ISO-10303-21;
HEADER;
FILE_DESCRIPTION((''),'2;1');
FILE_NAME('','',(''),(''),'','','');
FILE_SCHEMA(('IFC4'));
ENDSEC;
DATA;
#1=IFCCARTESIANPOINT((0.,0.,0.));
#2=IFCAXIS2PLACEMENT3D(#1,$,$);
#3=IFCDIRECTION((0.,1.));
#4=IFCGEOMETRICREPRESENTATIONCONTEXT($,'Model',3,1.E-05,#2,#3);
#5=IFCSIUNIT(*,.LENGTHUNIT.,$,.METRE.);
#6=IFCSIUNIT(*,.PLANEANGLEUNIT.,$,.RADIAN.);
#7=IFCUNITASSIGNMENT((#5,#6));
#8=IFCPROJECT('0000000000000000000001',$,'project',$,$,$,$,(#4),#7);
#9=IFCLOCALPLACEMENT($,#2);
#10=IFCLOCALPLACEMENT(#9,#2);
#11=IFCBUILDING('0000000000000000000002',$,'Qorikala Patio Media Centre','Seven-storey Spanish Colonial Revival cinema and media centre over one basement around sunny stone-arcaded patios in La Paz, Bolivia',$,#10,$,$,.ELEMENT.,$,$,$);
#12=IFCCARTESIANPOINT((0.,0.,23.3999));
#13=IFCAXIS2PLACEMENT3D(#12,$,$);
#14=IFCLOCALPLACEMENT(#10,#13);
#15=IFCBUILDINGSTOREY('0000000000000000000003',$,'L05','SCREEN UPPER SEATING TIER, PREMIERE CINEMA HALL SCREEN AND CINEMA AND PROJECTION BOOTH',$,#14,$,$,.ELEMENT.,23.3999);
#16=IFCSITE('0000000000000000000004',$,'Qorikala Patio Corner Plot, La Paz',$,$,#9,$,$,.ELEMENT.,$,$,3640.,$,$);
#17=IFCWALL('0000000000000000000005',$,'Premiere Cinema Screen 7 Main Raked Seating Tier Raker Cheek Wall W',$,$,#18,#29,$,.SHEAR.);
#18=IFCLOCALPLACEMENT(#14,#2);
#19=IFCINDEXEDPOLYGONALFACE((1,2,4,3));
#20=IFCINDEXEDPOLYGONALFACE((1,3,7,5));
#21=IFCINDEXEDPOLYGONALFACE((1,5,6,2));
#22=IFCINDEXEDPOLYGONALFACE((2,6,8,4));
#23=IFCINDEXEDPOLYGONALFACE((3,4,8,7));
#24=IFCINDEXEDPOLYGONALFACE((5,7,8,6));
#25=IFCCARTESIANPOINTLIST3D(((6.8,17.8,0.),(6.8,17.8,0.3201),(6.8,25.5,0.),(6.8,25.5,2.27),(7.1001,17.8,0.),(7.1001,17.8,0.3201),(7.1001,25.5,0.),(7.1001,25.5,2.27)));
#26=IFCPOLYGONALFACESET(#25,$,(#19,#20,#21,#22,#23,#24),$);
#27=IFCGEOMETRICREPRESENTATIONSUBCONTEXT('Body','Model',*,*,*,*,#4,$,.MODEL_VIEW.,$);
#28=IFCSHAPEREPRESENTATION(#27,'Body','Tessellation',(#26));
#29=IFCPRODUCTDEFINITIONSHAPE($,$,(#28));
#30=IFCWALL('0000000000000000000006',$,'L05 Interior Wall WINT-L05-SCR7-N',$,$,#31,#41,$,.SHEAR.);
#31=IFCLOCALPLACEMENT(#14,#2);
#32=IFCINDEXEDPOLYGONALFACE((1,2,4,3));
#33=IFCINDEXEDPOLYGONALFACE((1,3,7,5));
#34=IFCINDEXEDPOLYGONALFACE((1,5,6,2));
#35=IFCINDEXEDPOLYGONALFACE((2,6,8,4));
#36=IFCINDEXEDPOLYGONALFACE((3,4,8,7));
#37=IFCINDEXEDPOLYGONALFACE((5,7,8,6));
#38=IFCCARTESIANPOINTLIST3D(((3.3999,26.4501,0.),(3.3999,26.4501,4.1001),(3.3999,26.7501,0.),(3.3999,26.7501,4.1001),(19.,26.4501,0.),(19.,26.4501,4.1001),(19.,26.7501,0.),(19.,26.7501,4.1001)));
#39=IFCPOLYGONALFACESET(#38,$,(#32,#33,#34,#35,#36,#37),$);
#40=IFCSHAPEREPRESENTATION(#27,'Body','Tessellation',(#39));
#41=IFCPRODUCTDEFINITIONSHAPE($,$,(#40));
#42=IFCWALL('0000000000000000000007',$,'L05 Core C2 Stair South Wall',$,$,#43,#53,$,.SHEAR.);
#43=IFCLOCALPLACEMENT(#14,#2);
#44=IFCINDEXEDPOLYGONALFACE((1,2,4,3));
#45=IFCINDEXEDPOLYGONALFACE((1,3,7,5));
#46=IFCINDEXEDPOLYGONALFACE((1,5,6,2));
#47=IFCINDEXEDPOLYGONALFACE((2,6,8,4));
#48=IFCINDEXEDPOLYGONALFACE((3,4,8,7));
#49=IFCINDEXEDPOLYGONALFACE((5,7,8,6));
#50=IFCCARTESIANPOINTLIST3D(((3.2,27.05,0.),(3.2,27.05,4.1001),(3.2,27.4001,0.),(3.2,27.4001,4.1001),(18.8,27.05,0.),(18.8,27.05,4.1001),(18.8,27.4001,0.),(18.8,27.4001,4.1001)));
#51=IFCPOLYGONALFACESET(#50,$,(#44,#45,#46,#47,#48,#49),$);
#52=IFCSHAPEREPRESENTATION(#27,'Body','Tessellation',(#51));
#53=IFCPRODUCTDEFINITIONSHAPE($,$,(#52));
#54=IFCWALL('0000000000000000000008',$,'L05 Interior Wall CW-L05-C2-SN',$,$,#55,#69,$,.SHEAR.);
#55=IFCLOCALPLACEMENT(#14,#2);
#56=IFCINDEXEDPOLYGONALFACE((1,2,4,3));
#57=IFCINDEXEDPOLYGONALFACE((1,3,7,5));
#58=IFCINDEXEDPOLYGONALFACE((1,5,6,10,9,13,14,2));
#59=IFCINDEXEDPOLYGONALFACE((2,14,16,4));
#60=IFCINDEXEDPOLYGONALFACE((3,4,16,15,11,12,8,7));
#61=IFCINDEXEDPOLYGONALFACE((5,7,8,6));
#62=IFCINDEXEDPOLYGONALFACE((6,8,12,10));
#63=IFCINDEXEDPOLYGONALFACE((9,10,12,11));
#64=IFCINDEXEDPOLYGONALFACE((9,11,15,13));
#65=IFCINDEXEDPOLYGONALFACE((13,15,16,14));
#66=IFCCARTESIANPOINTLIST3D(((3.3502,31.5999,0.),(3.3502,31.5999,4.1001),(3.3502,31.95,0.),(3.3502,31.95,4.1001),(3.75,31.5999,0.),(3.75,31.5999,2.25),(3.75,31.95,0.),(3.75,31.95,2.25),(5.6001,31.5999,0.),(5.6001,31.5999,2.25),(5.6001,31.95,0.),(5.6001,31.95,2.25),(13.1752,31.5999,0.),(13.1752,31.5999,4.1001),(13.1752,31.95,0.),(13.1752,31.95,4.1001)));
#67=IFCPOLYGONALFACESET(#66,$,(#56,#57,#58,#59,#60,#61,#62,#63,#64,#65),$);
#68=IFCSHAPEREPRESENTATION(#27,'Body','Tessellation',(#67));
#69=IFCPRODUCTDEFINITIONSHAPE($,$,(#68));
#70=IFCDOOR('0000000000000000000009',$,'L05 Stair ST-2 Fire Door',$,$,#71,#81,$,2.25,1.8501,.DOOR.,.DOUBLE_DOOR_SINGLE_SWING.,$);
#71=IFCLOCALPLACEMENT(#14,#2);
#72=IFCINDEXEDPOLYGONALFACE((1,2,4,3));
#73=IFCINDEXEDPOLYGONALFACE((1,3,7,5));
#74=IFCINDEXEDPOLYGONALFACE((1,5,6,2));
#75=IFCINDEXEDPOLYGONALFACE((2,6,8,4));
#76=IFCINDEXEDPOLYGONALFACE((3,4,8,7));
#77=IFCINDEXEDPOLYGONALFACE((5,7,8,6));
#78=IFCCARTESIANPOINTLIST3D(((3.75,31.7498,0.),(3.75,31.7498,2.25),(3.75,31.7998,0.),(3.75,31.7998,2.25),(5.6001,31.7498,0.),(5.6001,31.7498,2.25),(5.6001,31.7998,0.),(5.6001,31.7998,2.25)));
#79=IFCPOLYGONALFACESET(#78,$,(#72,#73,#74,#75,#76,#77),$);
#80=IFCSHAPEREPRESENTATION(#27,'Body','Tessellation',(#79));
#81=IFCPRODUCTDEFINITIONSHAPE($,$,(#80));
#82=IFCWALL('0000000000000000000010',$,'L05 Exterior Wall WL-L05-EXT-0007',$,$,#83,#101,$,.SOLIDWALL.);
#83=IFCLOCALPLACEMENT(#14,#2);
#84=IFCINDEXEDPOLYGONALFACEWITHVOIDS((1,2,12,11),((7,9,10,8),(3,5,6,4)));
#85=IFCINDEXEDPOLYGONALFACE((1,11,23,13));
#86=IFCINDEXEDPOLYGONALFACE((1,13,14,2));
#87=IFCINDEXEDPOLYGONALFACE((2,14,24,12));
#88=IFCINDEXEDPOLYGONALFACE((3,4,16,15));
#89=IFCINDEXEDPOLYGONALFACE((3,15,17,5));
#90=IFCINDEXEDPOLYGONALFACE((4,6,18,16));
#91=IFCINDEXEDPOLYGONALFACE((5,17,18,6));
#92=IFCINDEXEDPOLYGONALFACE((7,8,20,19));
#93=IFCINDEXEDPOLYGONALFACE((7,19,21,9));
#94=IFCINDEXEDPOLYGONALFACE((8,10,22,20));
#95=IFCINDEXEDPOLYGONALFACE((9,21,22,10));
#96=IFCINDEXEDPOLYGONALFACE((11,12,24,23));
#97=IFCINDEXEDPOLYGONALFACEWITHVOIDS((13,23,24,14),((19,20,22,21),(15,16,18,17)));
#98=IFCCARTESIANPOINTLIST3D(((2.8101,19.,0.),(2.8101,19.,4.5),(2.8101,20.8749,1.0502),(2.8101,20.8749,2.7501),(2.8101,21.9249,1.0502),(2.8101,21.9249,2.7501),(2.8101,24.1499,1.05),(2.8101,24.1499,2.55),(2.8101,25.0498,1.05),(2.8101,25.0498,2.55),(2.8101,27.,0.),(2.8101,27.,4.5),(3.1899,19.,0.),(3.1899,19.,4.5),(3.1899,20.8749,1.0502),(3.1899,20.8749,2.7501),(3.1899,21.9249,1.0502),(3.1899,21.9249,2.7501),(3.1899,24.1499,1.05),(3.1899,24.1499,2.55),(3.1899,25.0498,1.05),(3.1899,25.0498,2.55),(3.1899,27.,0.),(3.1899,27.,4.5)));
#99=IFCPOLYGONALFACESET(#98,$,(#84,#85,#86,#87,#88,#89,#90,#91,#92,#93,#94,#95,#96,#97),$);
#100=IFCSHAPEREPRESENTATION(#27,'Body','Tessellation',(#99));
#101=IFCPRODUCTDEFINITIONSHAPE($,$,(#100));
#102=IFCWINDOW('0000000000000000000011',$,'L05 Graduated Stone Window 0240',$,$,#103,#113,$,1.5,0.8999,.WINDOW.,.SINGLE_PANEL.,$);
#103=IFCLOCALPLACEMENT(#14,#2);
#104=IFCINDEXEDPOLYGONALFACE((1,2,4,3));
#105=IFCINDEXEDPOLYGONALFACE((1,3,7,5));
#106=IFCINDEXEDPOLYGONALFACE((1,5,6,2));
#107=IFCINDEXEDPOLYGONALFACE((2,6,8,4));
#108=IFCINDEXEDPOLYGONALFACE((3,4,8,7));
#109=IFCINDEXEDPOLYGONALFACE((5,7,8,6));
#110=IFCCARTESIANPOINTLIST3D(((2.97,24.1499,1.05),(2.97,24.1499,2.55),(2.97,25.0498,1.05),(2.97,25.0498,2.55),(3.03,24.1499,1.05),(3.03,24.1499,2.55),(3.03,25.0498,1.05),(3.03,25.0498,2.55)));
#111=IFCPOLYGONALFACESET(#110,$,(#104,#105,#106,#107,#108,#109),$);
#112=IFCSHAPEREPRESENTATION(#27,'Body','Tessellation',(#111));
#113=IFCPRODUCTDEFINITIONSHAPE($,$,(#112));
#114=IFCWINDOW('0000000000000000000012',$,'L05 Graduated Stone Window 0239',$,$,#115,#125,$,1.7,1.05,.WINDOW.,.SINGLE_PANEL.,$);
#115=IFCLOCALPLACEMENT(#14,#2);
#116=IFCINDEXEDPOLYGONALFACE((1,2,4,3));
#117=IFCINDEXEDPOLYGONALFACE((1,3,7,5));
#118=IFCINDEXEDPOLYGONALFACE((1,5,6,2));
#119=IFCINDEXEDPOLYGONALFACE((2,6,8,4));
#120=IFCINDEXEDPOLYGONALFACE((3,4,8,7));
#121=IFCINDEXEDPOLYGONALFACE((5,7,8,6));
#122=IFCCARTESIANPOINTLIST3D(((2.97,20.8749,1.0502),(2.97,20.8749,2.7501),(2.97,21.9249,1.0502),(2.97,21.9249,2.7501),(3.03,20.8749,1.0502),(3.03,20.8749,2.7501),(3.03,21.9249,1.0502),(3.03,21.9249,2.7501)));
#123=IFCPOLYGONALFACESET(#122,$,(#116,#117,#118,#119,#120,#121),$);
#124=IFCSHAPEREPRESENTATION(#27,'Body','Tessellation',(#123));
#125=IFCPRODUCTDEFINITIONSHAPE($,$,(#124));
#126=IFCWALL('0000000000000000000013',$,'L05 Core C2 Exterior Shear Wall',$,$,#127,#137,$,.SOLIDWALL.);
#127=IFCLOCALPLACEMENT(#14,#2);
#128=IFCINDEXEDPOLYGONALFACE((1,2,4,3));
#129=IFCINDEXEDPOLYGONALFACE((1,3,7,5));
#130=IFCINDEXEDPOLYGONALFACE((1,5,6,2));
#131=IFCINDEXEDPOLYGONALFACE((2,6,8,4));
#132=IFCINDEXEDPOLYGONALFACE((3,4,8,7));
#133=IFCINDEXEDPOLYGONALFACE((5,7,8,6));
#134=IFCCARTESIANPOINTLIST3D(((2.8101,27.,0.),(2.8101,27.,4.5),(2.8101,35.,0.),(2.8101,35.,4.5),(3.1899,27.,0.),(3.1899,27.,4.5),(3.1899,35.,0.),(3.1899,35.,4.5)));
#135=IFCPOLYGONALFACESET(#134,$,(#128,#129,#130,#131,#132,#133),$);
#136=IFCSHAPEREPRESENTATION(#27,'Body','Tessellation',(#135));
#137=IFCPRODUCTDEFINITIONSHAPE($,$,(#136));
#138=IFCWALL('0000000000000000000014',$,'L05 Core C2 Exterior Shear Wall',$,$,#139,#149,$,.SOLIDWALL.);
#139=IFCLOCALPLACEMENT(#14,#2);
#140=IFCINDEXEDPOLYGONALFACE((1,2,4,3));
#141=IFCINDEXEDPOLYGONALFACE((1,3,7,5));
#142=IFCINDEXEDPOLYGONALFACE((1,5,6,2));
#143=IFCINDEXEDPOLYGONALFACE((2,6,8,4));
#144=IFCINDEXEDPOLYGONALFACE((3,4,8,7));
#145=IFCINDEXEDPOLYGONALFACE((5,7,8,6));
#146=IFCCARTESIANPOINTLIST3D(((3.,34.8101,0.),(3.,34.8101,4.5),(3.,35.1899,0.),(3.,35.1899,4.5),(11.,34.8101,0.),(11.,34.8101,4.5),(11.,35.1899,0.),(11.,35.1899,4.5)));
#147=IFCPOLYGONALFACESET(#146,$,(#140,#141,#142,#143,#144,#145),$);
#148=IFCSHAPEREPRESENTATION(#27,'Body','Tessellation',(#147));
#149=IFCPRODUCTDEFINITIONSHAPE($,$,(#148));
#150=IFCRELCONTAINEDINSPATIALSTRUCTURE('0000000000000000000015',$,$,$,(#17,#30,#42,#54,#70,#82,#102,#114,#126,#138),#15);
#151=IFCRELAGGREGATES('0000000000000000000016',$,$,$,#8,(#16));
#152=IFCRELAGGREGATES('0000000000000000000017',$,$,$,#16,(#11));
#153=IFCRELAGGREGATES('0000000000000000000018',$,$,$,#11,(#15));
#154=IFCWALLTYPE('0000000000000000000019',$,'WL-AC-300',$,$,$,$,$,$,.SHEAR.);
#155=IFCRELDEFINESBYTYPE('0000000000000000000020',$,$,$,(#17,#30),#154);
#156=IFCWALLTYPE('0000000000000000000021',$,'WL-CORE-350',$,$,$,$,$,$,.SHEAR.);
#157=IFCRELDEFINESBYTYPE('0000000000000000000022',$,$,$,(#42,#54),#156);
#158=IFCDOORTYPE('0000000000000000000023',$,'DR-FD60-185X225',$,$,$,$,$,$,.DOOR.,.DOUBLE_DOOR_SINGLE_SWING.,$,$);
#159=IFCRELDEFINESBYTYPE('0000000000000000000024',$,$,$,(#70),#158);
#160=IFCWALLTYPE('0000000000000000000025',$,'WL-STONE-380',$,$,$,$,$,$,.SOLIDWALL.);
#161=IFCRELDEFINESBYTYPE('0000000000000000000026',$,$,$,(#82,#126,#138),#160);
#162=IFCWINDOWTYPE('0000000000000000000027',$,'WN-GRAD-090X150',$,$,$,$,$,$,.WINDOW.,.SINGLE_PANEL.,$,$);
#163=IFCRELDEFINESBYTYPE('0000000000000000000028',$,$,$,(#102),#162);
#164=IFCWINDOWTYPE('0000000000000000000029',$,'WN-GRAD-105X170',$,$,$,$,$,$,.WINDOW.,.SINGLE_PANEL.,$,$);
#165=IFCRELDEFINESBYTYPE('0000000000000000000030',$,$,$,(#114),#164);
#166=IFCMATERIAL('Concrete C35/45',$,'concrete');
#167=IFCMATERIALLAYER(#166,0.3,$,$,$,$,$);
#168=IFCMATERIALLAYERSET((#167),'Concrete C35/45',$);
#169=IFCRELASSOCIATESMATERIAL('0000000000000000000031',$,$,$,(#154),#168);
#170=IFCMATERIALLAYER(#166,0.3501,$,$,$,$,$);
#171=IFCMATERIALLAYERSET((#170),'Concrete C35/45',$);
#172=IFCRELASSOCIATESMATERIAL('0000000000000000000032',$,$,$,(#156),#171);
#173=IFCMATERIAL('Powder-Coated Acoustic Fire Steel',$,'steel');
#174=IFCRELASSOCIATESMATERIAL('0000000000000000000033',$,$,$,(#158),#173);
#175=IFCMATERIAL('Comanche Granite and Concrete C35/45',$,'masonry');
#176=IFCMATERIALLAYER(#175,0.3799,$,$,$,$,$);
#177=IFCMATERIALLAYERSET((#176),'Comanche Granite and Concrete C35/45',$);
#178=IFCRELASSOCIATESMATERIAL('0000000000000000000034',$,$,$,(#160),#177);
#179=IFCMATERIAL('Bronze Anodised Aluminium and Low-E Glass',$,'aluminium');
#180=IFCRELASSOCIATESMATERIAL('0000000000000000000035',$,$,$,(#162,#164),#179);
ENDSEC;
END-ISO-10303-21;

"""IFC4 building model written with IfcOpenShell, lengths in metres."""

from ifc_helpers import new_model, si_unit, direction, frame, frame_2d, origin, place, context, subcontext, project, spatial, polyline, rectangle, outline, extrude, material, layer, layer_set, type_object, element, fill, save


model = new_model("IFC4")

# Units and contexts
model_context = context("Model", 3, precision=1e-05, world=origin(), true_north=direction((0.0, 1.0)))
body_context = subcontext(model_context, "Body", "Model", "MODEL_VIEW")
ifc_project = project(units=[si_unit("LENGTHUNIT", "METRE"), si_unit("PLANEANGLEUNIT", "RADIAN")], contexts=[model_context])

# Site, building, storey
site_placement = place(None, origin())
site = spatial("IfcSite", under=ifc_project, at=site_placement, Name="Qorikala Patio Corner Plot, La Paz", CompositionType="ELEMENT", RefElevation=3640.0)
building_placement = place(site_placement, origin())
building = spatial("IfcBuilding", under=site, at=building_placement, Name="Qorikala Patio Media Centre", Description="Seven-storey Spanish Colonial Revival cinema and media centre over one basement around sunny stone-arcaded patios in La Paz, Bolivia", CompositionType="ELEMENT")
storey_placement = place(building_placement, frame((0.0, 0.0, 23.3999)))
storey = spatial("IfcBuildingStorey", under=building, at=storey_placement, Name="L05", Description="SCREEN UPPER SEATING TIER, PREMIERE CINEMA HALL SCREEN AND CINEMA AND PROJECTION BOOTH", CompositionType="ELEMENT", Elevation=23.3999)

# Shared definitions
ifc_material_1 = material(Name="Concrete C35/45", Category="concrete")

# Walls
ifc_layer_1 = layer(ifc_material_1, 0.3)
ifc_layer_set_1 = layer_set([ifc_layer_1], Name="Concrete C35/45")
wall_type_1 = type_object("IfcWallType", Name="WL-AC-300", PredefinedType="SHEAR", material=ifc_layer_set_1)
wall_1_placement = place(storey_placement, frame((6.95, 17.8, 0.0), z_axis=(0.0, 0.0, 1.0), x_axis=(0.0, 1.0, 0.0)))
element("IfcWall", 1, at=wall_1_placement, inside=storey, type_object=wall_type_1, Name="Premiere Cinema Screen 7 Main Raked Seating Tier Raker Cheek Wall W", PredefinedType="SHEAR", context=body_context, shape_type="SweptSolid", body=[
    extrude(outline(polyline([(0.0, 0.0), (7.7, 0.0), (7.7, 2.27), (0.0, 0.3201), (0.0, 0.0)])), frame((0.0, 0.1499, 0.0), z_axis=(0.0, -1.0, 0.0), x_axis=(1.0, 0.0, 0.0)), (0.0, 0.0, 1.0), 0.3),
])
wall_2_placement = place(storey_placement, frame((3.3999, 26.6001, 0.0), z_axis=(0.0, 0.0, 1.0), x_axis=(1.0, 0.0, 0.0)))
element("IfcWall", 2, at=wall_2_placement, inside=storey, type_object=wall_type_1, Name="L05 Interior Wall WINT-L05-SCR7-N", PredefinedType="SHEAR", context=body_context, shape_type="SweptSolid", body=[
    extrude(rectangle(XDim=15.6001, YDim=0.3, at=frame_2d((7.8, 0.0))), origin(), (0.0, 0.0, 1.0), 4.1001),
])
ifc_layer_2 = layer(ifc_material_1, 0.3501)
ifc_layer_set_2 = layer_set([ifc_layer_2], Name="Concrete C35/45")
wall_type_2 = type_object("IfcWallType", Name="WL-CORE-350", PredefinedType="SHEAR", material=ifc_layer_set_2)
wall_3_placement = place(storey_placement, frame((3.2, 27.2251, 0.0), z_axis=(0.0, 0.0, 1.0), x_axis=(1.0, 0.0, 0.0)))
element("IfcWall", 3, at=wall_3_placement, inside=storey, type_object=wall_type_2, Name="L05 Core C2 Stair South Wall", PredefinedType="SHEAR", context=body_context, shape_type="SweptSolid", body=[
    extrude(rectangle(XDim=15.6001, YDim=0.3501, at=frame_2d((7.8, 0.0))), origin(), (0.0, 0.0, 1.0), 4.1001),
])

# Wall, opening, door
wall_4_placement = place(storey_placement, frame((3.3501, 31.7749, 0.0), z_axis=(0.0, 0.0, 1.0), x_axis=(1.0, 0.0, 0.0)))
wall_4 = element("IfcWall", 4, at=wall_4_placement, inside=storey, type_object=wall_type_2, Name="L05 Interior Wall CW-L05-C2-SN", PredefinedType="SHEAR", context=body_context, shape_type="SweptSolid", body=[
    extrude(rectangle(XDim=9.825, YDim=0.3501, at=frame_2d((4.9126, 0.0))), origin(), (0.0, 0.0, 1.0), 4.1001),
])
opening_1_placement = place(wall_4_placement, frame((0.3999, 0.0, 0.0)))
opening_1 = element("IfcOpeningElement", 5, at=opening_1_placement, cuts=wall_4, PredefinedType="OPENING", context=body_context, shape_type="SweptSolid", body=[
    extrude(rectangle(XDim=1.8501, YDim=2.25, at=frame_2d((0.925, 1.125))), frame((0.0, 0.1851, 0.0), z_axis=(0.0, -1.0, 0.0), x_axis=(1.0, 0.0, 0.0)), (0.0, 0.0, 1.0), 0.3701),
])
ifc_material_2 = material(Name="Powder-Coated Acoustic Fire Steel", Category="steel")
door_type = type_object("IfcDoorType", Name="DR-FD60-185X225", OperationType="DOUBLE_DOOR_SINGLE_SWING", PredefinedType="DOOR", material=ifc_material_2)
door_placement = place(opening_1_placement, origin())
door = element("IfcDoor", 6, at=door_placement, inside=storey, type_object=door_type, Name="L05 Stair ST-2 Fire Door", OperationType="DOUBLE_DOOR_SINGLE_SWING", OverallHeight=2.25, OverallWidth=1.8501, PredefinedType="DOOR", context=body_context, shape_type="SweptSolid", body=[
    extrude(rectangle(XDim=1.8501, YDim=2.25, at=frame_2d((0.925, 1.125))), frame((0.0, 0.0249, 0.0), z_axis=(0.0, -1.0, 0.0), x_axis=(1.0, 0.0, 0.0)), (0.0, 0.0, 1.0), 0.05),
])
fill(opening_1, door)

# Wall, openings, windows
ifc_material_3 = material(Name="Comanche Granite and Concrete C35/45", Category="masonry")
ifc_layer_3 = layer(ifc_material_3, 0.3799)
ifc_layer_set_3 = layer_set([ifc_layer_3], Name="Comanche Granite and Concrete C35/45")
wall_type_3 = type_object("IfcWallType", Name="WL-STONE-380", PredefinedType="SOLIDWALL", material=ifc_layer_set_3)
wall_5_placement = place(storey_placement, frame((3.0, 19.0, 0.0), z_axis=(0.0, 0.0, 1.0), x_axis=(0.0, 1.0, 0.0)))
wall_5 = element("IfcWall", 7, at=wall_5_placement, inside=storey, type_object=wall_type_3, Name="L05 Exterior Wall WL-L05-EXT-0007", PredefinedType="SOLIDWALL", context=body_context, shape_type="SweptSolid", body=[
    extrude(rectangle(XDim=8.0, YDim=0.3799, at=frame_2d((4.0, 0.0))), origin(), (0.0, 0.0, 1.0), 4.5),
])
opening_2_placement = place(wall_5_placement, frame((1.875, 0.0, 1.05)))
opening_2 = element("IfcOpeningElement", 8, at=opening_2_placement, cuts=wall_5, PredefinedType="OPENING", context=body_context, shape_type="SweptSolid", body=[
    extrude(rectangle(XDim=1.05, YDim=1.7, at=frame_2d((0.5249, 0.8501))), frame((0.0, 0.2, 0.0), z_axis=(0.0, -1.0, 0.0), x_axis=(1.0, 0.0, 0.0)), (0.0, 0.0, 1.0), 0.3999),
])
opening_3_placement = place(wall_5_placement, frame((5.1499, 0.0, 1.05)))
opening_3 = element("IfcOpeningElement", 9, at=opening_3_placement, cuts=wall_5, PredefinedType="OPENING", context=body_context, shape_type="SweptSolid", body=[
    extrude(rectangle(XDim=0.8999, YDim=1.5, at=frame_2d((0.45, 0.75))), frame((0.0, 0.2, 0.0), z_axis=(0.0, -1.0, 0.0), x_axis=(1.0, 0.0, 0.0)), (0.0, 0.0, 1.0), 0.3999),
])
ifc_material_4 = material(Name="Bronze Anodised Aluminium and Low-E Glass", Category="aluminium")
window_type_1 = type_object("IfcWindowType", Name="WN-GRAD-090X150", PartitioningType="SINGLE_PANEL", PredefinedType="WINDOW", material=ifc_material_4)
window_1_placement = place(opening_3_placement, origin())
window_1 = element("IfcWindow", 10, at=window_1_placement, inside=storey, type_object=window_type_1, Name="L05 Graduated Stone Window 0240", OverallHeight=1.5, OverallWidth=0.8999, PartitioningType="SINGLE_PANEL", PredefinedType="WINDOW", context=body_context, shape_type="SweptSolid", body=[
    extrude(rectangle(XDim=0.8999, YDim=1.5, at=frame_2d((0.45, 0.75))), frame((0.0, 0.03, 0.0), z_axis=(0.0, -1.0, 0.0), x_axis=(1.0, 0.0, 0.0)), (0.0, 0.0, 1.0), 0.0601),
])
fill(opening_3, window_1)
window_type_2 = type_object("IfcWindowType", Name="WN-GRAD-105X170", PartitioningType="SINGLE_PANEL", PredefinedType="WINDOW", material=ifc_material_4)
window_2_placement = place(opening_2_placement, origin())
window_2 = element("IfcWindow", 11, at=window_2_placement, inside=storey, type_object=window_type_2, Name="L05 Graduated Stone Window 0239", OverallHeight=1.7, OverallWidth=1.05, PartitioningType="SINGLE_PANEL", PredefinedType="WINDOW", context=body_context, shape_type="SweptSolid", body=[
    extrude(rectangle(XDim=1.05, YDim=1.7, at=frame_2d((0.5249, 0.8501))), frame((0.0, 0.03, 0.0), z_axis=(0.0, -1.0, 0.0), x_axis=(1.0, 0.0, 0.0)), (0.0, 0.0, 1.0), 0.0601),
])
fill(opening_2, window_2)

# Walls
for number, where, z_axis, x_axis, name in (
    (12, (3.0, 27.0, 0.0), (0.0, 0.0, 1.0), (0.0, 1.0, 0.0), "L05 Core C2 Exterior Shear Wall"),
    (13, (3.0, 35.0, 0.0), (0.0, 0.0, 1.0), (1.0, 0.0, 0.0), "L05 Core C2 Exterior Shear Wall"),
):
    element("IfcWall", number, at=place(storey_placement, frame(where, z_axis=z_axis, x_axis=x_axis)), inside=storey, type_object=wall_type_3, Name=name, PredefinedType="SOLIDWALL", context=body_context, shape_type="SweptSolid", body=[
        extrude(rectangle(XDim=8.0, YDim=0.3799, at=frame_2d((4.0, 0.0))), origin(), (0.0, 0.0, 1.0), 4.5),
    ])

save(model, "model.ifc")
